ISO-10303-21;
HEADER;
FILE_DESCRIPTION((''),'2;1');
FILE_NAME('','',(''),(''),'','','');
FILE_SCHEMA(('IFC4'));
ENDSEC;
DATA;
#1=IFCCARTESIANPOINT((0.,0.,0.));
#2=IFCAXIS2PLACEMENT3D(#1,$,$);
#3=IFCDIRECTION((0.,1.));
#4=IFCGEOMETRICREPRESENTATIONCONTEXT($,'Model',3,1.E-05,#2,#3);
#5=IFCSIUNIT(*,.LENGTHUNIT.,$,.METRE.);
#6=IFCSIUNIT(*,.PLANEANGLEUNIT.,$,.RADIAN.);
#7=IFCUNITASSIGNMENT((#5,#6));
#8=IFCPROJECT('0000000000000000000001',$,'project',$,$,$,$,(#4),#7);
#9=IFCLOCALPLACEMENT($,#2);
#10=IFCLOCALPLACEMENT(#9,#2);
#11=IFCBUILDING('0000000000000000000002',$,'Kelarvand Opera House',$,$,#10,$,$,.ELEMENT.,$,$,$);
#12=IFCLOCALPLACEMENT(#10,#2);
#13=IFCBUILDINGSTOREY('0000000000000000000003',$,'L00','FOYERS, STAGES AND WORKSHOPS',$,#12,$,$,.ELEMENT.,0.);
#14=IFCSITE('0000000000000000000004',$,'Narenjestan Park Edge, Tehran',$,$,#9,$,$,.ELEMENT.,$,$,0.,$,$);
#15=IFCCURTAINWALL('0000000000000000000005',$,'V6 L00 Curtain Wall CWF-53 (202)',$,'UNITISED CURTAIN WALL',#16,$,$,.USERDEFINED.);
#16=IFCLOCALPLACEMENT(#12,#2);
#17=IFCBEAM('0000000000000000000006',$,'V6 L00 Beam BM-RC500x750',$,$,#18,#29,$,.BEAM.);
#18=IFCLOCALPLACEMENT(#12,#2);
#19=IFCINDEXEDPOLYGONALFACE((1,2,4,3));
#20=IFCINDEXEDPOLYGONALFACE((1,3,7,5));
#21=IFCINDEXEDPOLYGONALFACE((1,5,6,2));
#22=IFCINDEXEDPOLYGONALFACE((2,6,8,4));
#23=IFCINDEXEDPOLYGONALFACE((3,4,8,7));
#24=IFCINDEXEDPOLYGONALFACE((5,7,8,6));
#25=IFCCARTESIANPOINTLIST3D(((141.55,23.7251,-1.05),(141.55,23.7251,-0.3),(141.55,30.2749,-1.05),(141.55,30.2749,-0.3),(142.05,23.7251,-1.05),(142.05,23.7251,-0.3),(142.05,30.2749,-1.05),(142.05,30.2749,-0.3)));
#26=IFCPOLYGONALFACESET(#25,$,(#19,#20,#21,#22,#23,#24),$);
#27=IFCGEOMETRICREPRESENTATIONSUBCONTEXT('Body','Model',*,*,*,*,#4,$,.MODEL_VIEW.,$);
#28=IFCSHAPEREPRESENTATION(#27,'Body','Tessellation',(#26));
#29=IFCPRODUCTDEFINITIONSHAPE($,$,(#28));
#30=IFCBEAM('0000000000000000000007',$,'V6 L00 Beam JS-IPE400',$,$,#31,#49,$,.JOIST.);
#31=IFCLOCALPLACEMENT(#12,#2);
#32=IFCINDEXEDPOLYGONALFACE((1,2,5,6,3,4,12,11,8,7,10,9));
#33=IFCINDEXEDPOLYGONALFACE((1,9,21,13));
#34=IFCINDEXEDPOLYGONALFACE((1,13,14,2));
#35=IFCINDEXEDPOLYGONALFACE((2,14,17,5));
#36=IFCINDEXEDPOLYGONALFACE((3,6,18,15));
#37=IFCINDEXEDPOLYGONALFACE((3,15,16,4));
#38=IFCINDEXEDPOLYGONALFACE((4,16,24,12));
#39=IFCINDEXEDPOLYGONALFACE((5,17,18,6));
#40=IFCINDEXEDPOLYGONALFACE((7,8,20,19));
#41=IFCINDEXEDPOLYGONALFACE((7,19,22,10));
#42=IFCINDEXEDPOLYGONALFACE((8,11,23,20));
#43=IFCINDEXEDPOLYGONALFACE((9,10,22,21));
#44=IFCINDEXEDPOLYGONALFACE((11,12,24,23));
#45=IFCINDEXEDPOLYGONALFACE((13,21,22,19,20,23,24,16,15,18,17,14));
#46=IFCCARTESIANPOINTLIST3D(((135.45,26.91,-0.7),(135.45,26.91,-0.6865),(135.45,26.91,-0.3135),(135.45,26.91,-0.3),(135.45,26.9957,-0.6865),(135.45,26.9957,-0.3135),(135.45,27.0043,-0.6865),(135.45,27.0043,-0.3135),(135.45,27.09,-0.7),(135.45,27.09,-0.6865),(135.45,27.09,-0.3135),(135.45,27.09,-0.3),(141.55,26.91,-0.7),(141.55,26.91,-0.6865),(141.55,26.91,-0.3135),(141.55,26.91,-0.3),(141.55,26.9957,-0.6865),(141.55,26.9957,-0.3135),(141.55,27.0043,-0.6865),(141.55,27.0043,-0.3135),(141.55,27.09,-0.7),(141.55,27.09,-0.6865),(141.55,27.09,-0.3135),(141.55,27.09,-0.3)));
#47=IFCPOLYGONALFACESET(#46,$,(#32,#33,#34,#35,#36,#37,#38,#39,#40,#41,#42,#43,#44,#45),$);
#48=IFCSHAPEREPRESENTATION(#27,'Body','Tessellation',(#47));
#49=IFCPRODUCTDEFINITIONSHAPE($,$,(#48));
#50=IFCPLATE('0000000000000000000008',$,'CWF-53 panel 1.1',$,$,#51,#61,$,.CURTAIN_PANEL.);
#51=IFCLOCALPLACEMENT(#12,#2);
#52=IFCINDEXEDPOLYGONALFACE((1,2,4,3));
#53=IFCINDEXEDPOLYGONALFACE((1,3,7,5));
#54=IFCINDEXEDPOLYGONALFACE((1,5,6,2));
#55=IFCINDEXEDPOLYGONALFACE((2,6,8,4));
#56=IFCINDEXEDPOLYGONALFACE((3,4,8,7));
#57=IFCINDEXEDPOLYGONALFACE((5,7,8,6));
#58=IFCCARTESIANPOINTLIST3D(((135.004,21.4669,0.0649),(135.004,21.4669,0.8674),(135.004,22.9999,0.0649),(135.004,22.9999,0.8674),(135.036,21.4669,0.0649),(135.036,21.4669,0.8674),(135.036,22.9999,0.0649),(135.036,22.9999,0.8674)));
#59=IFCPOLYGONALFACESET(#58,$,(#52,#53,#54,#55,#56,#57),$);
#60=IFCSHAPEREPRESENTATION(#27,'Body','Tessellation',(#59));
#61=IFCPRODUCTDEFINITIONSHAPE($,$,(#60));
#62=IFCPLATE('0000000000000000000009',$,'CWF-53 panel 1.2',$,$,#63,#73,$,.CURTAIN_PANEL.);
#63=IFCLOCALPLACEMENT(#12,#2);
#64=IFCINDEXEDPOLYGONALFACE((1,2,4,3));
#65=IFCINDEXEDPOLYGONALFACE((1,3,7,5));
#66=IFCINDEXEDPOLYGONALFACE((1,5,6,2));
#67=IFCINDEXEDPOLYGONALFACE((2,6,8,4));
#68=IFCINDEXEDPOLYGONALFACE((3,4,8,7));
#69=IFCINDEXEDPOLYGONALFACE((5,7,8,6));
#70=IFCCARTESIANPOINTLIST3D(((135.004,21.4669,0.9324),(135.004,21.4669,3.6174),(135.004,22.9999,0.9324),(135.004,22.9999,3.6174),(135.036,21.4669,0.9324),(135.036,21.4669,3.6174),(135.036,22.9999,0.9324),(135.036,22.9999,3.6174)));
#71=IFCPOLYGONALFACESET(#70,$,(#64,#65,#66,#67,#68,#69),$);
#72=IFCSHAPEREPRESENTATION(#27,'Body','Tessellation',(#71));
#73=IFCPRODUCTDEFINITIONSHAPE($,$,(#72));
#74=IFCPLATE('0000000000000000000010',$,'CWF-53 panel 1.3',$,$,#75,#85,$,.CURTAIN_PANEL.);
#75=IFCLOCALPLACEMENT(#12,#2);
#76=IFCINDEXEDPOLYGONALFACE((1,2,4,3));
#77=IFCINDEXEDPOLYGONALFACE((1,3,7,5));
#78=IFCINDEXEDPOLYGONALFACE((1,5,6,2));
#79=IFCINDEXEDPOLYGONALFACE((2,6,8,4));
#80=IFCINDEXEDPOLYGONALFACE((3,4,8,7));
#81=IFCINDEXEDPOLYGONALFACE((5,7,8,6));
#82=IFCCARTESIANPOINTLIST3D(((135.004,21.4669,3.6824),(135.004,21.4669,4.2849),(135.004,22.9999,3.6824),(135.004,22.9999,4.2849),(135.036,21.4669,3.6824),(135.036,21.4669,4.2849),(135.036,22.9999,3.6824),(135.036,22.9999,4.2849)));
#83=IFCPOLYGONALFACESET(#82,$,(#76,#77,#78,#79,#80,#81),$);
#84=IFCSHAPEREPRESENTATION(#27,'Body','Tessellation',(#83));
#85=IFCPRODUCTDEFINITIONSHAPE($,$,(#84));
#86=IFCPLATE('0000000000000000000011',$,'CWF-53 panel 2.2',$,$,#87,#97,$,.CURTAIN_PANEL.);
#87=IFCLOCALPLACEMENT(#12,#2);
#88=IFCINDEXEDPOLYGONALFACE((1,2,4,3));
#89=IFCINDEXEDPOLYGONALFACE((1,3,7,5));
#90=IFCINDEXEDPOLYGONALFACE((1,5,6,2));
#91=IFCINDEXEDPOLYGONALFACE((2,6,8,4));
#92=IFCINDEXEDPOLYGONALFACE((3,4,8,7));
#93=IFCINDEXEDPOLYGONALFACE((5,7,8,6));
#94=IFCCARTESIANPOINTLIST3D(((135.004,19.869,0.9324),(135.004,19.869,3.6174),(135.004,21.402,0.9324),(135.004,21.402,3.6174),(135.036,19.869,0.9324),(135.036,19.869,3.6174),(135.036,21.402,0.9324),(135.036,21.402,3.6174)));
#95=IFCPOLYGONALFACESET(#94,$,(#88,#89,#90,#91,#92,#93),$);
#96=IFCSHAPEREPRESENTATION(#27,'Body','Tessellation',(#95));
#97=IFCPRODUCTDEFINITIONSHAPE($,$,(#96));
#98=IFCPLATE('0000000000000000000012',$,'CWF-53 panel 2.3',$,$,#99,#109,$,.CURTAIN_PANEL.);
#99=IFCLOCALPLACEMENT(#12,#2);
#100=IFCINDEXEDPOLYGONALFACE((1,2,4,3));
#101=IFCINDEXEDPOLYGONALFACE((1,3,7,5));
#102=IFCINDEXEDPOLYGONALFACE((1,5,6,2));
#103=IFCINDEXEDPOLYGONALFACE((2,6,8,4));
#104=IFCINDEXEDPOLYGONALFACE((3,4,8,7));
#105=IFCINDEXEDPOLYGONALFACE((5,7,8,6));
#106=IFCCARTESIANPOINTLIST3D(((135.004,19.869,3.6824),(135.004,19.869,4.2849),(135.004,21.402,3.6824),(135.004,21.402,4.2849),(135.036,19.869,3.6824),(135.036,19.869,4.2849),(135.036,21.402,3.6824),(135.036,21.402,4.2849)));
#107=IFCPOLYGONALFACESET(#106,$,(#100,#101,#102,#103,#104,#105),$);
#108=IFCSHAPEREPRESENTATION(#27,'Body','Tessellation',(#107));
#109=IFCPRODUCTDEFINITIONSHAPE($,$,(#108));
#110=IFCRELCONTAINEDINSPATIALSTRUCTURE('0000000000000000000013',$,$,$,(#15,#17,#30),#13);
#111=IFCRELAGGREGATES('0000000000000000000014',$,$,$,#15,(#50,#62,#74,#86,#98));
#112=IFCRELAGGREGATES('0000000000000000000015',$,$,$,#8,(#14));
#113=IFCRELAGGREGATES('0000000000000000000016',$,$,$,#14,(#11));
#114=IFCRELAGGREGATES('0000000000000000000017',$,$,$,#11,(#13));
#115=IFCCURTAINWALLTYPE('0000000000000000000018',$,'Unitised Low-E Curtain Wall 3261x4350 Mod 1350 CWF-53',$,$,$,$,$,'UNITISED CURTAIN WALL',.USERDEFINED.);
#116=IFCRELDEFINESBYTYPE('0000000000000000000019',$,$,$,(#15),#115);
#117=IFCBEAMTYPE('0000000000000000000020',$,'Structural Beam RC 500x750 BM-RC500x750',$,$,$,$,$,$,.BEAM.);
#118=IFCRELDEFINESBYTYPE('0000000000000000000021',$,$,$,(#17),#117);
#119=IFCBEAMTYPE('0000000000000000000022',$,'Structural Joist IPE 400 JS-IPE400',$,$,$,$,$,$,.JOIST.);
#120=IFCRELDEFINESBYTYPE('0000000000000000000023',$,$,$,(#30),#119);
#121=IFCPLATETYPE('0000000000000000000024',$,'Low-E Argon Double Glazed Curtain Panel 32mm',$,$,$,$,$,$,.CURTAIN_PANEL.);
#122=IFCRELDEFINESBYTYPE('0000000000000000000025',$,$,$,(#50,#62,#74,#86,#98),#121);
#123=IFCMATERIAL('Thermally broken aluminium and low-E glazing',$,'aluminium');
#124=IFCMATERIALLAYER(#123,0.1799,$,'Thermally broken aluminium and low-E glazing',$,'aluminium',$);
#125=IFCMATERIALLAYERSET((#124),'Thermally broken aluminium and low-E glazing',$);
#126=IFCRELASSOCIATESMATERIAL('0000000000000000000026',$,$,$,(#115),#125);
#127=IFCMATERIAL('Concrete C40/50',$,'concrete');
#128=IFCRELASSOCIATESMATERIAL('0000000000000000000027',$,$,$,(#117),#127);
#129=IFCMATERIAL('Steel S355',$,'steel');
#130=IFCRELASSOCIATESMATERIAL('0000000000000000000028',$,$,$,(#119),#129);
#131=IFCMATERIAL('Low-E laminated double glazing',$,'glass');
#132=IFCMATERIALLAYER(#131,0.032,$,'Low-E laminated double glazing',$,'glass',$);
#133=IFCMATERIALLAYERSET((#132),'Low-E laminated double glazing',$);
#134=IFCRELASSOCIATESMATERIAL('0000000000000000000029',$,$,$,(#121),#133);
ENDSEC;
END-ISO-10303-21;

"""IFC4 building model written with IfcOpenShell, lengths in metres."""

from ifc_helpers import new_model, si_unit, direction, frame, origin, origin_2d, place, context, subcontext, project, spatial, rectangle, i_section, extrude, material, layer, layer_set, material_profile, profile_set, type_object, element, aggregate, save


model = new_model("IFC4")

# Units and contexts
model_context = context("Model", 3, precision=1e-05, world=origin(), true_north=direction((0.0, 1.0)))
body_context = subcontext(model_context, "Body", "Model", "MODEL_VIEW")
ifc_project = project(units=[si_unit("LENGTHUNIT", "METRE"), si_unit("PLANEANGLEUNIT", "RADIAN")], contexts=[model_context])

# Site, building, storey
site_placement = place(None, origin())
site = spatial("IfcSite", under=ifc_project, at=site_placement, Name="Narenjestan Park Edge, Tehran", CompositionType="ELEMENT", RefElevation=0.0)
building_placement = place(site_placement, origin())
building = spatial("IfcBuilding", under=site, at=building_placement, Name="Kelarvand Opera House", CompositionType="ELEMENT")
storey_placement = place(building_placement, origin())
storey = spatial("IfcBuildingStorey", under=building, at=storey_placement, Name="L00", Description="FOYERS, STAGES AND WORKSHOPS", CompositionType="ELEMENT", Elevation=0.0)

# Shared definitions
ifc_material_1 = material(Name="Concrete C40/50", Category="concrete")

# Curtain wall
ifc_material_2 = material(Name="Thermally broken aluminium and low-E glazing", Category="aluminium")
ifc_layer_1 = layer(ifc_material_2, 0.1799, Name="Thermally broken aluminium and low-E glazing", Category="aluminium")
ifc_layer_set_1 = layer_set([ifc_layer_1], Name="Thermally broken aluminium and low-E glazing")
curtain_wall_type = type_object("IfcCurtainWallType", Name="Unitised Low-E Curtain Wall 3261x4350 Mod 1350 CWF-53", ElementType="UNITISED CURTAIN WALL", PredefinedType="USERDEFINED", material=ifc_layer_set_1)
curtain_wall_placement = place(storey_placement, origin())
curtain_wall = element("IfcCurtainWall", 1, at=curtain_wall_placement, inside=storey, type_object=curtain_wall_type, Name="V6 L00 Curtain Wall CWF-53 (202)", ObjectType="UNITISED CURTAIN WALL", PredefinedType="USERDEFINED")

# Beams
ifc_material_profile_1 = material_profile(ifc_material_1, rectangle(XDim=0.5, YDim=0.75, at=origin_2d()), Name="RC 500x750", Category="concrete")
ifc_profile_set_1 = profile_set([ifc_material_profile_1], Name="Concrete C40/50")
beam_type_1 = type_object("IfcBeamType", Name="Structural Beam RC 500x750 BM-RC500x750", PredefinedType="BEAM", material=ifc_profile_set_1)
for number, where, z_axis, x_axis, name in (
    (2, (141.8, 23.7251, -0.675), (0.0, 1.0, 0.0), (-1.0, 0.0, 0.0), "V6 L00 Beam BM-RC500x750"),
):
    element("IfcBeam", number, at=place(storey_placement, frame(where, z_axis=z_axis, x_axis=x_axis)), inside=storey, type_object=beam_type_1, Name=name, PredefinedType="BEAM", context=body_context, shape_type="SweptSolid", body=[
        extrude(rectangle(XDim=0.5, YDim=0.75, at=origin_2d()), origin(), (0.0, 0.0, 1.0), 6.5498),
    ])
ifc_material_3 = material(Name="Steel S355", Category="steel")
ifc_material_profile_2 = material_profile(ifc_material_3, i_section(OverallWidth=0.1799, OverallDepth=0.3999, WebThickness=0.0085, FlangeThickness=0.0134, at=origin_2d()), Name="IPE 400", Category="steel")
ifc_profile_set_2 = profile_set([ifc_material_profile_2], Name="Steel S355")
beam_type_2 = type_object("IfcBeamType", Name="Structural Joist IPE 400 JS-IPE400", PredefinedType="JOIST", material=ifc_profile_set_2)
beam_1_placement = place(storey_placement, frame((135.45, 27.0, -0.5), z_axis=(1.0, 0.0, 0.0), x_axis=(0.0, 1.0, 0.0)))
element("IfcBeam", 3, at=beam_1_placement, inside=storey, type_object=beam_type_2, Name="V6 L00 Beam JS-IPE400", PredefinedType="JOIST", context=body_context, shape_type="SweptSolid", body=[
    extrude(i_section(OverallWidth=0.1799, OverallDepth=0.3999, WebThickness=0.0085, FlangeThickness=0.0134, at=origin_2d()), origin(), (0.0, 0.0, 1.0), 6.1001),
])

# Plates
ifc_material_4 = material(Name="Low-E laminated double glazing", Category="glass")
ifc_layer_2 = layer(ifc_material_4, 0.032, Name="Low-E laminated double glazing", Category="glass")
ifc_layer_set_2 = layer_set([ifc_layer_2], Name="Low-E laminated double glazing")
plate_type = type_object("IfcPlateType", Name="Low-E Argon Double Glazed Curtain Panel 32mm", PredefinedType="CURTAIN_PANEL", material=ifc_layer_set_2)
plate_1_placement = place(storey_placement, frame((135.02, 22.2334, 0.0649), z_axis=(0.0, 0.0, 1.0), x_axis=(0.0, -1.0, 0.0)))
plate_1 = element("IfcPlate", 4, at=plate_1_placement, type_object=plate_type, Name="CWF-53 panel 1.1", PredefinedType="CURTAIN_PANEL", context=body_context, shape_type="SweptSolid", body=[
    extrude(rectangle(XDim=1.533, YDim=0.032, at=origin_2d()), origin(), (0.0, 0.0, 1.0), 0.8025),
])
plate_2_placement = place(storey_placement, frame((135.02, 22.2334, 0.9324), z_axis=(0.0, 0.0, 1.0), x_axis=(0.0, -1.0, 0.0)))
plate_2 = element("IfcPlate", 5, at=plate_2_placement, type_object=plate_type, Name="CWF-53 panel 1.2", PredefinedType="CURTAIN_PANEL", context=body_context, shape_type="SweptSolid", body=[
    extrude(rectangle(XDim=1.533, YDim=0.032, at=origin_2d()), origin(), (0.0, 0.0, 1.0), 2.6851),
])
plate_3_placement = place(storey_placement, frame((135.02, 22.2334, 3.6824), z_axis=(0.0, 0.0, 1.0), x_axis=(0.0, -1.0, 0.0)))
plate_3 = element("IfcPlate", 6, at=plate_3_placement, type_object=plate_type, Name="CWF-53 panel 1.3", PredefinedType="CURTAIN_PANEL", context=body_context, shape_type="SweptSolid", body=[
    extrude(rectangle(XDim=1.533, YDim=0.032, at=origin_2d()), origin(), (0.0, 0.0, 1.0), 0.6025),
])
plate_4_placement = place(storey_placement, frame((135.02, 20.6355, 0.9324), z_axis=(0.0, 0.0, 1.0), x_axis=(0.0, -1.0, 0.0)))
plate_4 = element("IfcPlate", 7, at=plate_4_placement, type_object=plate_type, Name="CWF-53 panel 2.2", PredefinedType="CURTAIN_PANEL", context=body_context, shape_type="SweptSolid", body=[
    extrude(rectangle(XDim=1.533, YDim=0.032, at=origin_2d()), origin(), (0.0, 0.0, 1.0), 2.6851),
])
plate_5_placement = place(storey_placement, frame((135.02, 20.6355, 3.6824), z_axis=(0.0, 0.0, 1.0), x_axis=(0.0, -1.0, 0.0)))
plate_5 = element("IfcPlate", 8, at=plate_5_placement, type_object=plate_type, Name="CWF-53 panel 2.3", PredefinedType="CURTAIN_PANEL", context=body_context, shape_type="SweptSolid", body=[
    extrude(rectangle(XDim=1.533, YDim=0.032, at=origin_2d()), origin(), (0.0, 0.0, 1.0), 0.6025),
])
aggregate(curtain_wall, [plate_1, plate_2, plate_3, plate_4, plate_5])

save(model, "model.ifc")
